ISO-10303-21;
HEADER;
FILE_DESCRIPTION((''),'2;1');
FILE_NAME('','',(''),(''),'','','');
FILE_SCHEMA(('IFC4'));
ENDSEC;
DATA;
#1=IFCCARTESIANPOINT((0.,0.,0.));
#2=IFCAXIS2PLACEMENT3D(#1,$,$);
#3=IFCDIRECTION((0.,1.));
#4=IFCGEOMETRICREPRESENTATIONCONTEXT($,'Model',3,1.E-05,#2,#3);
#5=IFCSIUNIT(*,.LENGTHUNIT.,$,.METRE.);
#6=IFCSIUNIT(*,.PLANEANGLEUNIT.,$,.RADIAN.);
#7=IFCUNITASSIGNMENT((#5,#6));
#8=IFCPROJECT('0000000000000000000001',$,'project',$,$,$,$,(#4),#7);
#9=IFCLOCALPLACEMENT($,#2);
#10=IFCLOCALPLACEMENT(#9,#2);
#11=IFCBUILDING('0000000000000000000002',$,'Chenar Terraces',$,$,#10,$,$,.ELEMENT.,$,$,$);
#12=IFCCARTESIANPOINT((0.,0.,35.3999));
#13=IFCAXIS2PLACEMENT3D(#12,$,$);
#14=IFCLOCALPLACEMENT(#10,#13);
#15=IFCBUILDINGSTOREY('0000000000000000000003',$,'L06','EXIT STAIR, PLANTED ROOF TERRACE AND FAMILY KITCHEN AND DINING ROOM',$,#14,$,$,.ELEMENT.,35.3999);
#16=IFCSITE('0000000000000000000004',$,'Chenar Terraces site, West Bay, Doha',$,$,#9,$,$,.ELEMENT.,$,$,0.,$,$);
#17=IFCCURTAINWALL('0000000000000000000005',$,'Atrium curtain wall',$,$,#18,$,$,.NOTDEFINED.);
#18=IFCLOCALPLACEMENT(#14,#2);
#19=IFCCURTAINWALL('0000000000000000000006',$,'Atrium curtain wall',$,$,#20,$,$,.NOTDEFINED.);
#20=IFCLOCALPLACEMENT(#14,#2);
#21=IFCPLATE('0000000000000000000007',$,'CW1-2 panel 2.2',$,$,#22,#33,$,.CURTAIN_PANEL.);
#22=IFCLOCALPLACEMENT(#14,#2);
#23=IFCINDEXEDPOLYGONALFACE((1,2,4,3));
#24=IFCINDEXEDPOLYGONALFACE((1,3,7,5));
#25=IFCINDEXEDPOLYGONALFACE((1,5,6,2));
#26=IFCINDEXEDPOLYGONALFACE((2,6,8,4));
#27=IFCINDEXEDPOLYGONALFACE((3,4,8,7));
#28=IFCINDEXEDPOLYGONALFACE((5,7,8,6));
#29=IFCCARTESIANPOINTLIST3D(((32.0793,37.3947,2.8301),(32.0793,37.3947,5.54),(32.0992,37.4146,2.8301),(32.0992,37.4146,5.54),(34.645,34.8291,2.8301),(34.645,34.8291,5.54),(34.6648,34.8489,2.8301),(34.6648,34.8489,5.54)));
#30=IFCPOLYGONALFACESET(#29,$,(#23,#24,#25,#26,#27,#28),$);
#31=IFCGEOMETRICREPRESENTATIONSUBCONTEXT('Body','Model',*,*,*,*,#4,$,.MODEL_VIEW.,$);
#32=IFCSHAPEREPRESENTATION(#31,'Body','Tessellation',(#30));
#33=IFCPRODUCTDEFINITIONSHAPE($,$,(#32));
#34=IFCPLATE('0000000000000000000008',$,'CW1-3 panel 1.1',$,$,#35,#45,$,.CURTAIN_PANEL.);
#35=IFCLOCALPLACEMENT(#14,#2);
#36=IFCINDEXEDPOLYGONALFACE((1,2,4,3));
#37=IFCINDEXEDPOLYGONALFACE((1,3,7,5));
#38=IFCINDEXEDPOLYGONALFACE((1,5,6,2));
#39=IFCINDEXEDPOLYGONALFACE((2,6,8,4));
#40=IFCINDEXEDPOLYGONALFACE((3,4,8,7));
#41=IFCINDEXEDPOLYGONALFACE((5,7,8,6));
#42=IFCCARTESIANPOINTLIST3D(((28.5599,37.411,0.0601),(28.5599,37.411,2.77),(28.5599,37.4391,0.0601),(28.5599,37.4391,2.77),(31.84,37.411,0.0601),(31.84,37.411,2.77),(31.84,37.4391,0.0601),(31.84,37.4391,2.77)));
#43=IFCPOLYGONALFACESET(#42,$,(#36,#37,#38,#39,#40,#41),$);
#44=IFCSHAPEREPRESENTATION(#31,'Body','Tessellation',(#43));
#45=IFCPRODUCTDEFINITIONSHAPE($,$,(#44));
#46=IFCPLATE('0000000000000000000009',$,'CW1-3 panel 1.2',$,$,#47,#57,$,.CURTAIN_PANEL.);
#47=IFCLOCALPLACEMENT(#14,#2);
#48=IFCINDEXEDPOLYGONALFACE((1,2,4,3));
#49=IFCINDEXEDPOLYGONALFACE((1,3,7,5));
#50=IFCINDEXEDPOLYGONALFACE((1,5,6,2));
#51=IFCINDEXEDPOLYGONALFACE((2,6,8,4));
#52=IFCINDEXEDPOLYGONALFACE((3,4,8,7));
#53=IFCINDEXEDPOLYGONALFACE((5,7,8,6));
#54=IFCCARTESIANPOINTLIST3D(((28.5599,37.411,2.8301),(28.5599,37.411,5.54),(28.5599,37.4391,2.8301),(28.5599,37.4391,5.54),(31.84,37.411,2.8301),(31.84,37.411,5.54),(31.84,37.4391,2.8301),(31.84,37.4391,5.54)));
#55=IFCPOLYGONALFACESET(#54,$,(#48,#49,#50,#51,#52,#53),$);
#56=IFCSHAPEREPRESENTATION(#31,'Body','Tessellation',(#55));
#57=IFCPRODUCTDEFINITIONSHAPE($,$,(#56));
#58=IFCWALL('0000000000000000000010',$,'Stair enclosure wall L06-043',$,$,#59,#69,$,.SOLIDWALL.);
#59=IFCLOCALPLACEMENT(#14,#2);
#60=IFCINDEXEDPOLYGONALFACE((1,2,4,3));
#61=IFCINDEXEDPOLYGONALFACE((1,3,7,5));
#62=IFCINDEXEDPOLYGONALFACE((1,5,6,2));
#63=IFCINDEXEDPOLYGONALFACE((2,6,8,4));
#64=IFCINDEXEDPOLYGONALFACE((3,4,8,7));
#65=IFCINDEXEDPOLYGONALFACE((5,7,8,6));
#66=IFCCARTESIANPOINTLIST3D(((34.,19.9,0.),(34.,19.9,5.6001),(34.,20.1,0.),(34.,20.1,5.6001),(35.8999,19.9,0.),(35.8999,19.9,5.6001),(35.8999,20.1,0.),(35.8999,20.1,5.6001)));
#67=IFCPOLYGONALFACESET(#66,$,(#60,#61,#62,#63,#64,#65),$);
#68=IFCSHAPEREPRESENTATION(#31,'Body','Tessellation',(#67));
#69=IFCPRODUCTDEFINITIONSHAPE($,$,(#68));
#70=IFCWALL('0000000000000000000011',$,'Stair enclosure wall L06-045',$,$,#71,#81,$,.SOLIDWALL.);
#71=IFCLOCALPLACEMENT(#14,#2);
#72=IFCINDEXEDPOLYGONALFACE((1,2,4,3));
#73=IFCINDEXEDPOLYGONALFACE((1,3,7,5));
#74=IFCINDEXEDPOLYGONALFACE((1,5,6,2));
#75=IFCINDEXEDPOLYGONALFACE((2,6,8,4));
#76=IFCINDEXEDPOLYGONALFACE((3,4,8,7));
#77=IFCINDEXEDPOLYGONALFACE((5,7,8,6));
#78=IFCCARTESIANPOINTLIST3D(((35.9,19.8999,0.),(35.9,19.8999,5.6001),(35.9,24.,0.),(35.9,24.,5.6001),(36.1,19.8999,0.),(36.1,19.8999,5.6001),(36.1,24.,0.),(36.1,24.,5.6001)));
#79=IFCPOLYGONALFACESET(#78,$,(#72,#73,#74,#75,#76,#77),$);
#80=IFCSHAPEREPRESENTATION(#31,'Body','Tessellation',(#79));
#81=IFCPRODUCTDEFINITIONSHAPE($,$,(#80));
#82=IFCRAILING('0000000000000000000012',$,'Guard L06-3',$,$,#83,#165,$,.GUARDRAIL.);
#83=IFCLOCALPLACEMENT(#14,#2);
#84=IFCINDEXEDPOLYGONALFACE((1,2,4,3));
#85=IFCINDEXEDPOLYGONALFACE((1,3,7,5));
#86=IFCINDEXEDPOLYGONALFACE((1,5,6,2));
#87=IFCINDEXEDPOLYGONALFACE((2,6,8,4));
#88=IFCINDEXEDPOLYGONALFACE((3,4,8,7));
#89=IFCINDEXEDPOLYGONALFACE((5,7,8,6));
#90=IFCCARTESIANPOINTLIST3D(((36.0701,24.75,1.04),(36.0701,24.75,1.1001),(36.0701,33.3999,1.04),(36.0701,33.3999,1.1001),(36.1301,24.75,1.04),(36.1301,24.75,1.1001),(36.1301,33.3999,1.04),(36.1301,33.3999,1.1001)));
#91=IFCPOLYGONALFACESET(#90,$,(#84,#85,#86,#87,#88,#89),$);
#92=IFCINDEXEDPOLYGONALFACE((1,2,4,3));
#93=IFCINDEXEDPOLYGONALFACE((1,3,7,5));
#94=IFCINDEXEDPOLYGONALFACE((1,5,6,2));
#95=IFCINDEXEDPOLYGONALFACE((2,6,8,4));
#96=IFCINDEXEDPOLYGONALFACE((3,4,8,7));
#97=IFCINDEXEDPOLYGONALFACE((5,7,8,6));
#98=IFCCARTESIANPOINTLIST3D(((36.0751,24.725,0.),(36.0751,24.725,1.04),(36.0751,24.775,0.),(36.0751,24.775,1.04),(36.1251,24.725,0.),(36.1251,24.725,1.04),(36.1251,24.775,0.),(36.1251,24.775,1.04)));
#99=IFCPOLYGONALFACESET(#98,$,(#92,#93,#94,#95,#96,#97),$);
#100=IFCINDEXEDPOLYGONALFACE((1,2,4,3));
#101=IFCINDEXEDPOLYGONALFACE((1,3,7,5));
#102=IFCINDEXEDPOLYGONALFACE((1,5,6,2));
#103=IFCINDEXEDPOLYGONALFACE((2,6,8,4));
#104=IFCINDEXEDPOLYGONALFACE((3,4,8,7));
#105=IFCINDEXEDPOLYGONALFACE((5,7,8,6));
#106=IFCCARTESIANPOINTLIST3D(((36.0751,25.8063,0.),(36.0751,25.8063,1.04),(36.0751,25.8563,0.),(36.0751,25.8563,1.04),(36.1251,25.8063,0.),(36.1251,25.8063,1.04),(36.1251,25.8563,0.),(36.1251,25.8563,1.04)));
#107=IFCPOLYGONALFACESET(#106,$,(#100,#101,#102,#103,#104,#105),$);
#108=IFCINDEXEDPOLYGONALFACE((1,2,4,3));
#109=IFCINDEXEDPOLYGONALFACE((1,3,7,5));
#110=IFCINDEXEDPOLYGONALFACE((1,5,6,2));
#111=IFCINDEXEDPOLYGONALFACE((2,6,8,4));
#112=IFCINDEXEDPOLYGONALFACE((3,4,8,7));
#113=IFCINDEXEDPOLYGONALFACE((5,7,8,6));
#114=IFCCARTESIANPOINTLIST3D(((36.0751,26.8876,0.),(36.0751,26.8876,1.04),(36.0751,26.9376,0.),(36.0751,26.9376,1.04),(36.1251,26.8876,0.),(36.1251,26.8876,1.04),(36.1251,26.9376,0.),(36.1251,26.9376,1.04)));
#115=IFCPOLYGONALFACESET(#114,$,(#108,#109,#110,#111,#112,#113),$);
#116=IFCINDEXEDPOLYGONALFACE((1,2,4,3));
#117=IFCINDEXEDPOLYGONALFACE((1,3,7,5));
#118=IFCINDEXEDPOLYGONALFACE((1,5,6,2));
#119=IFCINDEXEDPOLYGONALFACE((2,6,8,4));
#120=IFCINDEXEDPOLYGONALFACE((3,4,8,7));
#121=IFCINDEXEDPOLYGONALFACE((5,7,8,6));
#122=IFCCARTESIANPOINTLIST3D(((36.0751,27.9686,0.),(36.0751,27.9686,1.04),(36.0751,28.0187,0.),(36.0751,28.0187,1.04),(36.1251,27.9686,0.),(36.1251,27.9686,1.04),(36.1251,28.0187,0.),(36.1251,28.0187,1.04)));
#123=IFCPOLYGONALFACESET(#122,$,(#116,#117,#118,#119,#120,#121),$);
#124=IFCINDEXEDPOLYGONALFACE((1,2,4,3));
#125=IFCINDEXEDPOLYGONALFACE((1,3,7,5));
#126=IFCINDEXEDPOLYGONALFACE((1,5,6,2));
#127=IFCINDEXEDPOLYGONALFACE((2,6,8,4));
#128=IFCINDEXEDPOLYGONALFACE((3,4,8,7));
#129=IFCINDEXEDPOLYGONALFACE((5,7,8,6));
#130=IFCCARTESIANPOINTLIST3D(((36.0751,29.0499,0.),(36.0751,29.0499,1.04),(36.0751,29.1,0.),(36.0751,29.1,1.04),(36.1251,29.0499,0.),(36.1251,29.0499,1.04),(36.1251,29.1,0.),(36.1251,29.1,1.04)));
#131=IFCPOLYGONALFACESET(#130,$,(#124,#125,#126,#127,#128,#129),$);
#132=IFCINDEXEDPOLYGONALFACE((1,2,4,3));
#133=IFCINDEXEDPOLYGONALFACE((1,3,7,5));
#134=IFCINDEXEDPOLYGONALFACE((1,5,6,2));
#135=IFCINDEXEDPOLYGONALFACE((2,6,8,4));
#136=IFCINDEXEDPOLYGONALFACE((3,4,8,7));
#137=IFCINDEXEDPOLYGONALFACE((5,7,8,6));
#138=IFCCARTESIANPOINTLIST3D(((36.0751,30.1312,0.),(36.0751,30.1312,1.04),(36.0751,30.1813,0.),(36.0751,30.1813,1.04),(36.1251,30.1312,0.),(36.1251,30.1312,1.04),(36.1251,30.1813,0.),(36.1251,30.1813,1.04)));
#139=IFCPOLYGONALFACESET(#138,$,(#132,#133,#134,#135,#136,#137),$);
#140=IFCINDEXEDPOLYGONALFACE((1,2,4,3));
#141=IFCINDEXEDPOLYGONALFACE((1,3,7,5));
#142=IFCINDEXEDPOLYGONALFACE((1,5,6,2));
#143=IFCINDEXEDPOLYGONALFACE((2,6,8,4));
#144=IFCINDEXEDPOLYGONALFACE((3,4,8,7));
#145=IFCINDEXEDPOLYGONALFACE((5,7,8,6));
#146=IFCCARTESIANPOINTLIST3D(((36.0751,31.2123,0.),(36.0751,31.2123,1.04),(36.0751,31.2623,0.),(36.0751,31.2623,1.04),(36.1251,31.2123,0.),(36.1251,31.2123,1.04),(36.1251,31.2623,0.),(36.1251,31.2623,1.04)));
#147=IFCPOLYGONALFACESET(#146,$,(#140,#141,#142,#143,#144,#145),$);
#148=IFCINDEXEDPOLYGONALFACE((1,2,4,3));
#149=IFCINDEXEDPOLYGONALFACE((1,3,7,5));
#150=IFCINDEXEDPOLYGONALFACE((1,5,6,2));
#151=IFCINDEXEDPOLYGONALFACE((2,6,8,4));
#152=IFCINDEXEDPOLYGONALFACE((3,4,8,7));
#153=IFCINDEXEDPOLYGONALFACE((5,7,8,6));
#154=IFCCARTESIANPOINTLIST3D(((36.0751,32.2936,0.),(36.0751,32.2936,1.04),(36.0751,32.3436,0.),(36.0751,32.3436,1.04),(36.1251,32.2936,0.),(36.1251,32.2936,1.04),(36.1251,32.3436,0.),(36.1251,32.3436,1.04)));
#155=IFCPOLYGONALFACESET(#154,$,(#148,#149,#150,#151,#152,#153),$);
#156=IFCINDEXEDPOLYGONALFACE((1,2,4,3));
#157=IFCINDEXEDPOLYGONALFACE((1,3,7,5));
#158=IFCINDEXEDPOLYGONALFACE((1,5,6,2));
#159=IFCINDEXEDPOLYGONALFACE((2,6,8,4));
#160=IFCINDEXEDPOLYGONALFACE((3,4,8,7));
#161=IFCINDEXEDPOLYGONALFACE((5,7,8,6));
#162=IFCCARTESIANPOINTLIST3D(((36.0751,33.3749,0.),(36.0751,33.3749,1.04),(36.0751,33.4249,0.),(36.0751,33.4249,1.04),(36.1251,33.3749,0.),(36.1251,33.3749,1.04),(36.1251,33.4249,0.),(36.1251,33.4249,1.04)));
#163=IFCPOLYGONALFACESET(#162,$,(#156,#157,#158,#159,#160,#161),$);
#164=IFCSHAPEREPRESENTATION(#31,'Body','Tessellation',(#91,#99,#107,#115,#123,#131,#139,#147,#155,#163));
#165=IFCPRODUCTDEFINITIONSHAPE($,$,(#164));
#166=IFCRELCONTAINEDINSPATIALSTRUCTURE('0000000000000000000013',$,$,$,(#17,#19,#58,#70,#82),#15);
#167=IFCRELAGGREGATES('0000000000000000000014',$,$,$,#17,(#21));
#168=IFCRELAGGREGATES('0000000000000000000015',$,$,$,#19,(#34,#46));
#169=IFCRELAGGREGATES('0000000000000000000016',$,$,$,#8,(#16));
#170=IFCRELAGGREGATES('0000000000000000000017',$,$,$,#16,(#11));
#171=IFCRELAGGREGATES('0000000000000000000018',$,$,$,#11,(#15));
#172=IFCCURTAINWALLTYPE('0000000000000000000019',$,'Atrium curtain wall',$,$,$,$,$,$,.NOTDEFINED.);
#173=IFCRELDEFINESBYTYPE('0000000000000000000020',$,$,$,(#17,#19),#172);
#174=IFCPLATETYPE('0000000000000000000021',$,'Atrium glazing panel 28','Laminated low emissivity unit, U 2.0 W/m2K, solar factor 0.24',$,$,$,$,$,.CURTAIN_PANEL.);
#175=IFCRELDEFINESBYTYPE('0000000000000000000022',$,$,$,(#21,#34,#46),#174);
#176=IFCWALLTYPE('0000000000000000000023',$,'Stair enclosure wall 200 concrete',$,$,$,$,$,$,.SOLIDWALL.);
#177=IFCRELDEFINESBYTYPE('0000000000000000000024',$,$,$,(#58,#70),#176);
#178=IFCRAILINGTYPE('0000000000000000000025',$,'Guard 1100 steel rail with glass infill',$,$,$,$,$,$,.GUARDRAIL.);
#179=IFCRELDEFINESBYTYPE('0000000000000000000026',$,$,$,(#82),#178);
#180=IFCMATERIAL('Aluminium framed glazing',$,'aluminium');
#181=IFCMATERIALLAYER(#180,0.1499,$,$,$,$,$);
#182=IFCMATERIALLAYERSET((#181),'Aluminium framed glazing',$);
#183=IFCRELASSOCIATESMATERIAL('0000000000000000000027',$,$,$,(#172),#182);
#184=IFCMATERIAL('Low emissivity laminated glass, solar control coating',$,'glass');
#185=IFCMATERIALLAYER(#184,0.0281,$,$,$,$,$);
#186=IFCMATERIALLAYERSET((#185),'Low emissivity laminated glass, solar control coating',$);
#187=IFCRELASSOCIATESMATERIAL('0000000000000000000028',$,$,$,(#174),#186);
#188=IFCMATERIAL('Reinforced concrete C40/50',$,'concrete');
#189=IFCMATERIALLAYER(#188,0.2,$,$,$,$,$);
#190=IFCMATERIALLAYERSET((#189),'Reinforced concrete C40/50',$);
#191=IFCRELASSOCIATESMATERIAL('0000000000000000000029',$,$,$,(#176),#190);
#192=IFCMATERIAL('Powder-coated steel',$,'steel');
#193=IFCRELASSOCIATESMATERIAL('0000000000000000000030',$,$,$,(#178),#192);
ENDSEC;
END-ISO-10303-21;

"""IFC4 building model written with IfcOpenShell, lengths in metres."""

from ifc_helpers import new_model, si_unit, direction, frame, frame_2d, origin, origin_2d, place, context, subcontext, project, spatial, rectangle, extrude, material, layer, layer_set, type_object, element, aggregate, save


model = new_model("IFC4")

# Units and contexts
model_context = context("Model", 3, precision=1e-05, world=origin(), true_north=direction((0.0, 1.0)))
body_context = subcontext(model_context, "Body", "Model", "MODEL_VIEW")
ifc_project = project(units=[si_unit("LENGTHUNIT", "METRE"), si_unit("PLANEANGLEUNIT", "RADIAN")], contexts=[model_context])

# Site, building, storey
site_placement = place(None, origin())
site = spatial("IfcSite", under=ifc_project, at=site_placement, Name="Chenar Terraces site, West Bay, Doha", CompositionType="ELEMENT", RefElevation=0.0)
building_placement = place(site_placement, origin())
building = spatial("IfcBuilding", under=site, at=building_placement, Name="Chenar Terraces", CompositionType="ELEMENT")
storey_placement = place(building_placement, frame((0.0, 0.0, 35.3999)))
storey = spatial("IfcBuildingStorey", under=building, at=storey_placement, Name="L06", Description="EXIT STAIR, PLANTED ROOF TERRACE AND FAMILY KITCHEN AND DINING ROOM", CompositionType="ELEMENT", Elevation=35.3999)

# Curtain wall
ifc_material_1 = material(Name="Aluminium framed glazing", Category="aluminium")
ifc_layer_1 = layer(ifc_material_1, 0.1499)
ifc_layer_set_1 = layer_set([ifc_layer_1], Name="Aluminium framed glazing")
curtain_wall_type = type_object("IfcCurtainWallType", Name="Atrium curtain wall", PredefinedType="NOTDEFINED", material=ifc_layer_set_1)
placement = place(storey_placement, origin())
curtain_wall_1 = element("IfcCurtainWall", 1, at=placement, inside=storey, type_object=curtain_wall_type, Name="Atrium curtain wall", PredefinedType="NOTDEFINED")

# Curtain wall
curtain_wall_2 = element("IfcCurtainWall", 2, at=placement, inside=storey, type_object=curtain_wall_type, Name="Atrium curtain wall", PredefinedType="NOTDEFINED")

# Plates
ifc_material_2 = material(Name="Low emissivity laminated glass, solar control coating", Category="glass")
ifc_layer_2 = layer(ifc_material_2, 0.0281)
ifc_layer_set_2 = layer_set([ifc_layer_2], Name="Low emissivity laminated glass, solar control coating")
plate_type = type_object("IfcPlateType", Name="Atrium glazing panel 28", Description="Laminated low emissivity unit, U 2.0 W/m2K, solar factor 0.24", PredefinedType="CURTAIN_PANEL", material=ifc_layer_set_2)
plate_1_placement = place(storey_placement, frame((33.3721, 36.1218, 2.8301), z_axis=(0.0, 0.0, 1.0), x_axis=(-0.707107, 0.707107, 0.0)))
plate_1 = element("IfcPlate", 3, at=plate_1_placement, type_object=plate_type, Name="CW1-2 panel 2.2", PredefinedType="CURTAIN_PANEL", context=body_context, shape_type="SweptSolid", body=[
    extrude(rectangle(XDim=3.6284, YDim=0.0281, at=origin_2d()), origin(), (0.0, 0.0, 1.0), 2.71),
])
aggregate(curtain_wall_1, [plate_1])
plate_2_placement = place(storey_placement, frame((30.2, 37.425, 0.0601), z_axis=(0.0, 0.0, 1.0), x_axis=(-1.0, 0.0, 0.0)))
plate_2 = element("IfcPlate", 4, at=plate_2_placement, type_object=plate_type, Name="CW1-3 panel 1.1", PredefinedType="CURTAIN_PANEL", context=body_context, shape_type="SweptSolid", body=[
    extrude(rectangle(XDim=3.28, YDim=0.0281, at=origin_2d()), origin(), (0.0, 0.0, 1.0), 2.71),
])
plate_3_placement = place(storey_placement, frame((30.2, 37.425, 2.8301), z_axis=(0.0, 0.0, 1.0), x_axis=(-1.0, 0.0, 0.0)))
plate_3 = element("IfcPlate", 5, at=plate_3_placement, type_object=plate_type, Name="CW1-3 panel 1.2", PredefinedType="CURTAIN_PANEL", context=body_context, shape_type="SweptSolid", body=[
    extrude(rectangle(XDim=3.28, YDim=0.0281, at=origin_2d()), origin(), (0.0, 0.0, 1.0), 2.71),
])
aggregate(curtain_wall_2, [plate_2, plate_3])

# Walls
ifc_material_3 = material(Name="Reinforced concrete C40/50", Category="concrete")
ifc_layer_3 = layer(ifc_material_3, 0.2)
ifc_layer_set_3 = layer_set([ifc_layer_3], Name="Reinforced concrete C40/50")
wall_type = type_object("IfcWallType", Name="Stair enclosure wall 200 concrete", PredefinedType="SOLIDWALL", material=ifc_layer_set_3)
wall_1_placement = place(storey_placement, frame((34.0, 20.0, 0.0), z_axis=(0.0, 0.0, 1.0), x_axis=(1.0, 0.0, 0.0)))
element("IfcWall", 6, at=wall_1_placement, inside=storey, type_object=wall_type, Name="Stair enclosure wall L06-043", PredefinedType="SOLIDWALL", context=body_context, shape_type="SweptSolid", body=[
    extrude(rectangle(XDim=1.8999, YDim=0.2, at=frame_2d((0.95, 0.0))), origin(), (0.0, 0.0, 1.0), 5.6001),
])
wall_2_placement = place(storey_placement, frame((36.0, 19.8999, 0.0), z_axis=(0.0, 0.0, 1.0), x_axis=(0.0, 1.0, 0.0)))
element("IfcWall", 7, at=wall_2_placement, inside=storey, type_object=wall_type, Name="Stair enclosure wall L06-045", PredefinedType="SOLIDWALL", context=body_context, shape_type="SweptSolid", body=[
    extrude(rectangle(XDim=4.1001, YDim=0.2, at=frame_2d((2.05, 0.0))), origin(), (0.0, 0.0, 1.0), 5.6001),
])

# Railing
ifc_material_4 = material(Name="Powder-coated steel", Category="steel")
railing_type_1 = type_object("IfcRailingType", Name="Guard 1100 steel rail with glass infill", PredefinedType="GUARDRAIL", material=ifc_material_4)
railing_1_placement = place(storey_placement, frame((36.1001, 24.75, 0.0)))
element("IfcRailing", 8, at=railing_1_placement, inside=storey, type_object=railing_type_1, Name="Guard L06-3", PredefinedType="GUARDRAIL", context=body_context, shape_type="SweptSolid", body=[
    extrude(rectangle(XDim=0.0601, YDim=0.0601, at=origin_2d()), frame((0.0, 0.0, 1.0701), z_axis=(0.0, 1.0, 0.0), x_axis=(-1.0, 0.0, 0.0)), (0.0, 0.0, 1.0), 8.6499),
    extrude(rectangle(XDim=0.05, YDim=0.05, at=origin_2d()), origin(), (0.0, 0.0, 1.0), 1.04),
    extrude(rectangle(XDim=0.05, YDim=0.05, at=origin_2d()), frame((0.0, 1.0813, 0.0)), (0.0, 0.0, 1.0), 1.04),
    extrude(rectangle(XDim=0.05, YDim=0.05, at=origin_2d()), frame((0.0, 2.1626, 0.0)), (0.0, 0.0, 1.0), 1.04),
    extrude(rectangle(XDim=0.05, YDim=0.05, at=origin_2d()), frame((0.0, 3.2437, 0.0)), (0.0, 0.0, 1.0), 1.04),
    extrude(rectangle(XDim=0.05, YDim=0.05, at=origin_2d()), frame((0.0, 4.325, 0.0)), (0.0, 0.0, 1.0), 1.04),
    extrude(rectangle(XDim=0.05, YDim=0.05, at=origin_2d()), frame((0.0, 5.4062, 0.0)), (0.0, 0.0, 1.0), 1.04),
    extrude(rectangle(XDim=0.05, YDim=0.05, at=origin_2d()), frame((0.0, 6.4873, 0.0)), (0.0, 0.0, 1.0), 1.04),
    extrude(rectangle(XDim=0.05, YDim=0.05, at=origin_2d()), frame((0.0, 7.5686, 0.0)), (0.0, 0.0, 1.0), 1.04),
    extrude(rectangle(XDim=0.05, YDim=0.05, at=origin_2d()), frame((0.0, 8.6499, 0.0)), (0.0, 0.0, 1.0), 1.04),
])

save(model, "model.ifc")
